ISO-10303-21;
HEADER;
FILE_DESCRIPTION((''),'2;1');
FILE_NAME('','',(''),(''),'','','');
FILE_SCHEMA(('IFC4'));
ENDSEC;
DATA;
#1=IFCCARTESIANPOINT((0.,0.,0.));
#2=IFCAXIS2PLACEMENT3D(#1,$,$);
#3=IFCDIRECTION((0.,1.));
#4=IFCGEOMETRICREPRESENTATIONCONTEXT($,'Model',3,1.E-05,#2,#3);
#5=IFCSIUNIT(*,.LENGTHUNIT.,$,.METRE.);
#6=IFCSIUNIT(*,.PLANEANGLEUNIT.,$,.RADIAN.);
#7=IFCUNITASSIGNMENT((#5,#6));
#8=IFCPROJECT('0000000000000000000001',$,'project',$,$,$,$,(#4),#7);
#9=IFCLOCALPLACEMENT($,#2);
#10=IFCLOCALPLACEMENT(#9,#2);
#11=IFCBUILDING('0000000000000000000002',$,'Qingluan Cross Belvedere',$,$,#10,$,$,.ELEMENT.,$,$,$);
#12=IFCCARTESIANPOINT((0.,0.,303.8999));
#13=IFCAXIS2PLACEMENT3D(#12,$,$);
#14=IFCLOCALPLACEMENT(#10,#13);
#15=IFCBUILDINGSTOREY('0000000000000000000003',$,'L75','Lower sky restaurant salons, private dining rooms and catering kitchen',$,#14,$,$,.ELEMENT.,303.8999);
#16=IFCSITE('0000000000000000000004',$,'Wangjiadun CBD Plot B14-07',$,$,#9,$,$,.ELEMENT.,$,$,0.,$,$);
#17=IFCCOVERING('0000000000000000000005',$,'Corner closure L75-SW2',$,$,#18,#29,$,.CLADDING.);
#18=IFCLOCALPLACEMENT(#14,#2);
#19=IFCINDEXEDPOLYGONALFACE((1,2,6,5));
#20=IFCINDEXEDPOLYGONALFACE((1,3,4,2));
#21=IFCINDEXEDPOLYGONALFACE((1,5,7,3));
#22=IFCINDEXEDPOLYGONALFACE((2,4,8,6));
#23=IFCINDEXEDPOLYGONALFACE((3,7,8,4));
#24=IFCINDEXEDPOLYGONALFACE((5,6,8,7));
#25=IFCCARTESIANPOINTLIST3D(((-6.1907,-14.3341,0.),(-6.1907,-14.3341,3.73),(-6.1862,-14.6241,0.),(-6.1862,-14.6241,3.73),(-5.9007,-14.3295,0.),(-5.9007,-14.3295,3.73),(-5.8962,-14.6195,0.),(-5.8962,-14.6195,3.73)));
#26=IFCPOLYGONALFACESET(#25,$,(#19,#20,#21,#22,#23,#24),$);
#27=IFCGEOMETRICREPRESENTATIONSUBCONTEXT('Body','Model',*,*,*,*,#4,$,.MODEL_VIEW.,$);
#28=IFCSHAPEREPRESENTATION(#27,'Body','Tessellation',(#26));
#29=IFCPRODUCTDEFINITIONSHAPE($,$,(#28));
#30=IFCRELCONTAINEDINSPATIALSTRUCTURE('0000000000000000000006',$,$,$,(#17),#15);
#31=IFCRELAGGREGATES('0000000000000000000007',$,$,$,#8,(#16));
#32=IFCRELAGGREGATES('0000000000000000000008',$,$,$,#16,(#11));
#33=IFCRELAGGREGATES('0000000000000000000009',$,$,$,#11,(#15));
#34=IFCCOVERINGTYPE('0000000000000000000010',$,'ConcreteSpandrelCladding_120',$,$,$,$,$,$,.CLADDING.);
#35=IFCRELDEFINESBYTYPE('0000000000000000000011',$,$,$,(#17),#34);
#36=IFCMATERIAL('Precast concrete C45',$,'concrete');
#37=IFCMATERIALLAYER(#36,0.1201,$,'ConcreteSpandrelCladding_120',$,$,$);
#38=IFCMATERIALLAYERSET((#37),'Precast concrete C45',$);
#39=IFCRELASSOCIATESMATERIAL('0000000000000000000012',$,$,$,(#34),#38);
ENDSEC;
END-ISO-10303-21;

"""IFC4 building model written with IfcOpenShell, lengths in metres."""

from ifc_helpers import new_model, si_unit, direction, frame, origin, origin_2d, place, context, subcontext, project, spatial, rectangle, extrude, material, layer, layer_set, type_object, element, save


model = new_model("IFC4")

# Units and contexts
model_context = context("Model", 3, precision=1e-05, world=origin(), true_north=direction((0.0, 1.0)))
body_context = subcontext(model_context, "Body", "Model", "MODEL_VIEW")
ifc_project = project(units=[si_unit("LENGTHUNIT", "METRE"), si_unit("PLANEANGLEUNIT", "RADIAN")], contexts=[model_context])

# Site, building, storey
site_placement = place(None, origin())
site = spatial("IfcSite", under=ifc_project, at=site_placement, Name="Wangjiadun CBD Plot B14-07", CompositionType="ELEMENT", RefElevation=0.0)
building_placement = place(site_placement, origin())
building = spatial("IfcBuilding", under=site, at=building_placement, Name="Qingluan Cross Belvedere", CompositionType="ELEMENT")
storey_placement = place(building_placement, frame((0.0, 0.0, 303.8999)))
storey = spatial("IfcBuildingStorey", under=building, at=storey_placement, Name="L75", Description="Lower sky restaurant salons, private dining rooms and catering kitchen", CompositionType="ELEMENT", Elevation=303.8999)

# Covering
ifc_material_1 = material(Name="Precast concrete C45", Category="concrete")
ifc_layer_1 = layer(ifc_material_1, 0.1201, Name="ConcreteSpandrelCladding_120")
ifc_layer_set_1 = layer_set([ifc_layer_1], Name="Precast concrete C45")
covering_type = type_object("IfcCoveringType", Name="ConcreteSpandrelCladding_120", PredefinedType="CLADDING", material=ifc_layer_set_1)
for number, where, z_axis, x_axis, name in (
    (1, (-6.0435, -14.4768, 0.0), (0.0, 0.0, 1.0), (0.999877, 0.015707, 0.0), "Corner closure L75-SW2"),
):
    element("IfcCovering", number, at=place(storey_placement, frame(where, z_axis=z_axis, x_axis=x_axis)), inside=storey, type_object=covering_type, Name=name, PredefinedType="CLADDING", context=body_context, shape_type="SweptSolid", body=[
        extrude(rectangle(XDim=0.29, YDim=0.29, at=origin_2d()), origin(), (0.0, 0.0, 1.0), 3.73),
    ])

save(model, "model.ifc")
